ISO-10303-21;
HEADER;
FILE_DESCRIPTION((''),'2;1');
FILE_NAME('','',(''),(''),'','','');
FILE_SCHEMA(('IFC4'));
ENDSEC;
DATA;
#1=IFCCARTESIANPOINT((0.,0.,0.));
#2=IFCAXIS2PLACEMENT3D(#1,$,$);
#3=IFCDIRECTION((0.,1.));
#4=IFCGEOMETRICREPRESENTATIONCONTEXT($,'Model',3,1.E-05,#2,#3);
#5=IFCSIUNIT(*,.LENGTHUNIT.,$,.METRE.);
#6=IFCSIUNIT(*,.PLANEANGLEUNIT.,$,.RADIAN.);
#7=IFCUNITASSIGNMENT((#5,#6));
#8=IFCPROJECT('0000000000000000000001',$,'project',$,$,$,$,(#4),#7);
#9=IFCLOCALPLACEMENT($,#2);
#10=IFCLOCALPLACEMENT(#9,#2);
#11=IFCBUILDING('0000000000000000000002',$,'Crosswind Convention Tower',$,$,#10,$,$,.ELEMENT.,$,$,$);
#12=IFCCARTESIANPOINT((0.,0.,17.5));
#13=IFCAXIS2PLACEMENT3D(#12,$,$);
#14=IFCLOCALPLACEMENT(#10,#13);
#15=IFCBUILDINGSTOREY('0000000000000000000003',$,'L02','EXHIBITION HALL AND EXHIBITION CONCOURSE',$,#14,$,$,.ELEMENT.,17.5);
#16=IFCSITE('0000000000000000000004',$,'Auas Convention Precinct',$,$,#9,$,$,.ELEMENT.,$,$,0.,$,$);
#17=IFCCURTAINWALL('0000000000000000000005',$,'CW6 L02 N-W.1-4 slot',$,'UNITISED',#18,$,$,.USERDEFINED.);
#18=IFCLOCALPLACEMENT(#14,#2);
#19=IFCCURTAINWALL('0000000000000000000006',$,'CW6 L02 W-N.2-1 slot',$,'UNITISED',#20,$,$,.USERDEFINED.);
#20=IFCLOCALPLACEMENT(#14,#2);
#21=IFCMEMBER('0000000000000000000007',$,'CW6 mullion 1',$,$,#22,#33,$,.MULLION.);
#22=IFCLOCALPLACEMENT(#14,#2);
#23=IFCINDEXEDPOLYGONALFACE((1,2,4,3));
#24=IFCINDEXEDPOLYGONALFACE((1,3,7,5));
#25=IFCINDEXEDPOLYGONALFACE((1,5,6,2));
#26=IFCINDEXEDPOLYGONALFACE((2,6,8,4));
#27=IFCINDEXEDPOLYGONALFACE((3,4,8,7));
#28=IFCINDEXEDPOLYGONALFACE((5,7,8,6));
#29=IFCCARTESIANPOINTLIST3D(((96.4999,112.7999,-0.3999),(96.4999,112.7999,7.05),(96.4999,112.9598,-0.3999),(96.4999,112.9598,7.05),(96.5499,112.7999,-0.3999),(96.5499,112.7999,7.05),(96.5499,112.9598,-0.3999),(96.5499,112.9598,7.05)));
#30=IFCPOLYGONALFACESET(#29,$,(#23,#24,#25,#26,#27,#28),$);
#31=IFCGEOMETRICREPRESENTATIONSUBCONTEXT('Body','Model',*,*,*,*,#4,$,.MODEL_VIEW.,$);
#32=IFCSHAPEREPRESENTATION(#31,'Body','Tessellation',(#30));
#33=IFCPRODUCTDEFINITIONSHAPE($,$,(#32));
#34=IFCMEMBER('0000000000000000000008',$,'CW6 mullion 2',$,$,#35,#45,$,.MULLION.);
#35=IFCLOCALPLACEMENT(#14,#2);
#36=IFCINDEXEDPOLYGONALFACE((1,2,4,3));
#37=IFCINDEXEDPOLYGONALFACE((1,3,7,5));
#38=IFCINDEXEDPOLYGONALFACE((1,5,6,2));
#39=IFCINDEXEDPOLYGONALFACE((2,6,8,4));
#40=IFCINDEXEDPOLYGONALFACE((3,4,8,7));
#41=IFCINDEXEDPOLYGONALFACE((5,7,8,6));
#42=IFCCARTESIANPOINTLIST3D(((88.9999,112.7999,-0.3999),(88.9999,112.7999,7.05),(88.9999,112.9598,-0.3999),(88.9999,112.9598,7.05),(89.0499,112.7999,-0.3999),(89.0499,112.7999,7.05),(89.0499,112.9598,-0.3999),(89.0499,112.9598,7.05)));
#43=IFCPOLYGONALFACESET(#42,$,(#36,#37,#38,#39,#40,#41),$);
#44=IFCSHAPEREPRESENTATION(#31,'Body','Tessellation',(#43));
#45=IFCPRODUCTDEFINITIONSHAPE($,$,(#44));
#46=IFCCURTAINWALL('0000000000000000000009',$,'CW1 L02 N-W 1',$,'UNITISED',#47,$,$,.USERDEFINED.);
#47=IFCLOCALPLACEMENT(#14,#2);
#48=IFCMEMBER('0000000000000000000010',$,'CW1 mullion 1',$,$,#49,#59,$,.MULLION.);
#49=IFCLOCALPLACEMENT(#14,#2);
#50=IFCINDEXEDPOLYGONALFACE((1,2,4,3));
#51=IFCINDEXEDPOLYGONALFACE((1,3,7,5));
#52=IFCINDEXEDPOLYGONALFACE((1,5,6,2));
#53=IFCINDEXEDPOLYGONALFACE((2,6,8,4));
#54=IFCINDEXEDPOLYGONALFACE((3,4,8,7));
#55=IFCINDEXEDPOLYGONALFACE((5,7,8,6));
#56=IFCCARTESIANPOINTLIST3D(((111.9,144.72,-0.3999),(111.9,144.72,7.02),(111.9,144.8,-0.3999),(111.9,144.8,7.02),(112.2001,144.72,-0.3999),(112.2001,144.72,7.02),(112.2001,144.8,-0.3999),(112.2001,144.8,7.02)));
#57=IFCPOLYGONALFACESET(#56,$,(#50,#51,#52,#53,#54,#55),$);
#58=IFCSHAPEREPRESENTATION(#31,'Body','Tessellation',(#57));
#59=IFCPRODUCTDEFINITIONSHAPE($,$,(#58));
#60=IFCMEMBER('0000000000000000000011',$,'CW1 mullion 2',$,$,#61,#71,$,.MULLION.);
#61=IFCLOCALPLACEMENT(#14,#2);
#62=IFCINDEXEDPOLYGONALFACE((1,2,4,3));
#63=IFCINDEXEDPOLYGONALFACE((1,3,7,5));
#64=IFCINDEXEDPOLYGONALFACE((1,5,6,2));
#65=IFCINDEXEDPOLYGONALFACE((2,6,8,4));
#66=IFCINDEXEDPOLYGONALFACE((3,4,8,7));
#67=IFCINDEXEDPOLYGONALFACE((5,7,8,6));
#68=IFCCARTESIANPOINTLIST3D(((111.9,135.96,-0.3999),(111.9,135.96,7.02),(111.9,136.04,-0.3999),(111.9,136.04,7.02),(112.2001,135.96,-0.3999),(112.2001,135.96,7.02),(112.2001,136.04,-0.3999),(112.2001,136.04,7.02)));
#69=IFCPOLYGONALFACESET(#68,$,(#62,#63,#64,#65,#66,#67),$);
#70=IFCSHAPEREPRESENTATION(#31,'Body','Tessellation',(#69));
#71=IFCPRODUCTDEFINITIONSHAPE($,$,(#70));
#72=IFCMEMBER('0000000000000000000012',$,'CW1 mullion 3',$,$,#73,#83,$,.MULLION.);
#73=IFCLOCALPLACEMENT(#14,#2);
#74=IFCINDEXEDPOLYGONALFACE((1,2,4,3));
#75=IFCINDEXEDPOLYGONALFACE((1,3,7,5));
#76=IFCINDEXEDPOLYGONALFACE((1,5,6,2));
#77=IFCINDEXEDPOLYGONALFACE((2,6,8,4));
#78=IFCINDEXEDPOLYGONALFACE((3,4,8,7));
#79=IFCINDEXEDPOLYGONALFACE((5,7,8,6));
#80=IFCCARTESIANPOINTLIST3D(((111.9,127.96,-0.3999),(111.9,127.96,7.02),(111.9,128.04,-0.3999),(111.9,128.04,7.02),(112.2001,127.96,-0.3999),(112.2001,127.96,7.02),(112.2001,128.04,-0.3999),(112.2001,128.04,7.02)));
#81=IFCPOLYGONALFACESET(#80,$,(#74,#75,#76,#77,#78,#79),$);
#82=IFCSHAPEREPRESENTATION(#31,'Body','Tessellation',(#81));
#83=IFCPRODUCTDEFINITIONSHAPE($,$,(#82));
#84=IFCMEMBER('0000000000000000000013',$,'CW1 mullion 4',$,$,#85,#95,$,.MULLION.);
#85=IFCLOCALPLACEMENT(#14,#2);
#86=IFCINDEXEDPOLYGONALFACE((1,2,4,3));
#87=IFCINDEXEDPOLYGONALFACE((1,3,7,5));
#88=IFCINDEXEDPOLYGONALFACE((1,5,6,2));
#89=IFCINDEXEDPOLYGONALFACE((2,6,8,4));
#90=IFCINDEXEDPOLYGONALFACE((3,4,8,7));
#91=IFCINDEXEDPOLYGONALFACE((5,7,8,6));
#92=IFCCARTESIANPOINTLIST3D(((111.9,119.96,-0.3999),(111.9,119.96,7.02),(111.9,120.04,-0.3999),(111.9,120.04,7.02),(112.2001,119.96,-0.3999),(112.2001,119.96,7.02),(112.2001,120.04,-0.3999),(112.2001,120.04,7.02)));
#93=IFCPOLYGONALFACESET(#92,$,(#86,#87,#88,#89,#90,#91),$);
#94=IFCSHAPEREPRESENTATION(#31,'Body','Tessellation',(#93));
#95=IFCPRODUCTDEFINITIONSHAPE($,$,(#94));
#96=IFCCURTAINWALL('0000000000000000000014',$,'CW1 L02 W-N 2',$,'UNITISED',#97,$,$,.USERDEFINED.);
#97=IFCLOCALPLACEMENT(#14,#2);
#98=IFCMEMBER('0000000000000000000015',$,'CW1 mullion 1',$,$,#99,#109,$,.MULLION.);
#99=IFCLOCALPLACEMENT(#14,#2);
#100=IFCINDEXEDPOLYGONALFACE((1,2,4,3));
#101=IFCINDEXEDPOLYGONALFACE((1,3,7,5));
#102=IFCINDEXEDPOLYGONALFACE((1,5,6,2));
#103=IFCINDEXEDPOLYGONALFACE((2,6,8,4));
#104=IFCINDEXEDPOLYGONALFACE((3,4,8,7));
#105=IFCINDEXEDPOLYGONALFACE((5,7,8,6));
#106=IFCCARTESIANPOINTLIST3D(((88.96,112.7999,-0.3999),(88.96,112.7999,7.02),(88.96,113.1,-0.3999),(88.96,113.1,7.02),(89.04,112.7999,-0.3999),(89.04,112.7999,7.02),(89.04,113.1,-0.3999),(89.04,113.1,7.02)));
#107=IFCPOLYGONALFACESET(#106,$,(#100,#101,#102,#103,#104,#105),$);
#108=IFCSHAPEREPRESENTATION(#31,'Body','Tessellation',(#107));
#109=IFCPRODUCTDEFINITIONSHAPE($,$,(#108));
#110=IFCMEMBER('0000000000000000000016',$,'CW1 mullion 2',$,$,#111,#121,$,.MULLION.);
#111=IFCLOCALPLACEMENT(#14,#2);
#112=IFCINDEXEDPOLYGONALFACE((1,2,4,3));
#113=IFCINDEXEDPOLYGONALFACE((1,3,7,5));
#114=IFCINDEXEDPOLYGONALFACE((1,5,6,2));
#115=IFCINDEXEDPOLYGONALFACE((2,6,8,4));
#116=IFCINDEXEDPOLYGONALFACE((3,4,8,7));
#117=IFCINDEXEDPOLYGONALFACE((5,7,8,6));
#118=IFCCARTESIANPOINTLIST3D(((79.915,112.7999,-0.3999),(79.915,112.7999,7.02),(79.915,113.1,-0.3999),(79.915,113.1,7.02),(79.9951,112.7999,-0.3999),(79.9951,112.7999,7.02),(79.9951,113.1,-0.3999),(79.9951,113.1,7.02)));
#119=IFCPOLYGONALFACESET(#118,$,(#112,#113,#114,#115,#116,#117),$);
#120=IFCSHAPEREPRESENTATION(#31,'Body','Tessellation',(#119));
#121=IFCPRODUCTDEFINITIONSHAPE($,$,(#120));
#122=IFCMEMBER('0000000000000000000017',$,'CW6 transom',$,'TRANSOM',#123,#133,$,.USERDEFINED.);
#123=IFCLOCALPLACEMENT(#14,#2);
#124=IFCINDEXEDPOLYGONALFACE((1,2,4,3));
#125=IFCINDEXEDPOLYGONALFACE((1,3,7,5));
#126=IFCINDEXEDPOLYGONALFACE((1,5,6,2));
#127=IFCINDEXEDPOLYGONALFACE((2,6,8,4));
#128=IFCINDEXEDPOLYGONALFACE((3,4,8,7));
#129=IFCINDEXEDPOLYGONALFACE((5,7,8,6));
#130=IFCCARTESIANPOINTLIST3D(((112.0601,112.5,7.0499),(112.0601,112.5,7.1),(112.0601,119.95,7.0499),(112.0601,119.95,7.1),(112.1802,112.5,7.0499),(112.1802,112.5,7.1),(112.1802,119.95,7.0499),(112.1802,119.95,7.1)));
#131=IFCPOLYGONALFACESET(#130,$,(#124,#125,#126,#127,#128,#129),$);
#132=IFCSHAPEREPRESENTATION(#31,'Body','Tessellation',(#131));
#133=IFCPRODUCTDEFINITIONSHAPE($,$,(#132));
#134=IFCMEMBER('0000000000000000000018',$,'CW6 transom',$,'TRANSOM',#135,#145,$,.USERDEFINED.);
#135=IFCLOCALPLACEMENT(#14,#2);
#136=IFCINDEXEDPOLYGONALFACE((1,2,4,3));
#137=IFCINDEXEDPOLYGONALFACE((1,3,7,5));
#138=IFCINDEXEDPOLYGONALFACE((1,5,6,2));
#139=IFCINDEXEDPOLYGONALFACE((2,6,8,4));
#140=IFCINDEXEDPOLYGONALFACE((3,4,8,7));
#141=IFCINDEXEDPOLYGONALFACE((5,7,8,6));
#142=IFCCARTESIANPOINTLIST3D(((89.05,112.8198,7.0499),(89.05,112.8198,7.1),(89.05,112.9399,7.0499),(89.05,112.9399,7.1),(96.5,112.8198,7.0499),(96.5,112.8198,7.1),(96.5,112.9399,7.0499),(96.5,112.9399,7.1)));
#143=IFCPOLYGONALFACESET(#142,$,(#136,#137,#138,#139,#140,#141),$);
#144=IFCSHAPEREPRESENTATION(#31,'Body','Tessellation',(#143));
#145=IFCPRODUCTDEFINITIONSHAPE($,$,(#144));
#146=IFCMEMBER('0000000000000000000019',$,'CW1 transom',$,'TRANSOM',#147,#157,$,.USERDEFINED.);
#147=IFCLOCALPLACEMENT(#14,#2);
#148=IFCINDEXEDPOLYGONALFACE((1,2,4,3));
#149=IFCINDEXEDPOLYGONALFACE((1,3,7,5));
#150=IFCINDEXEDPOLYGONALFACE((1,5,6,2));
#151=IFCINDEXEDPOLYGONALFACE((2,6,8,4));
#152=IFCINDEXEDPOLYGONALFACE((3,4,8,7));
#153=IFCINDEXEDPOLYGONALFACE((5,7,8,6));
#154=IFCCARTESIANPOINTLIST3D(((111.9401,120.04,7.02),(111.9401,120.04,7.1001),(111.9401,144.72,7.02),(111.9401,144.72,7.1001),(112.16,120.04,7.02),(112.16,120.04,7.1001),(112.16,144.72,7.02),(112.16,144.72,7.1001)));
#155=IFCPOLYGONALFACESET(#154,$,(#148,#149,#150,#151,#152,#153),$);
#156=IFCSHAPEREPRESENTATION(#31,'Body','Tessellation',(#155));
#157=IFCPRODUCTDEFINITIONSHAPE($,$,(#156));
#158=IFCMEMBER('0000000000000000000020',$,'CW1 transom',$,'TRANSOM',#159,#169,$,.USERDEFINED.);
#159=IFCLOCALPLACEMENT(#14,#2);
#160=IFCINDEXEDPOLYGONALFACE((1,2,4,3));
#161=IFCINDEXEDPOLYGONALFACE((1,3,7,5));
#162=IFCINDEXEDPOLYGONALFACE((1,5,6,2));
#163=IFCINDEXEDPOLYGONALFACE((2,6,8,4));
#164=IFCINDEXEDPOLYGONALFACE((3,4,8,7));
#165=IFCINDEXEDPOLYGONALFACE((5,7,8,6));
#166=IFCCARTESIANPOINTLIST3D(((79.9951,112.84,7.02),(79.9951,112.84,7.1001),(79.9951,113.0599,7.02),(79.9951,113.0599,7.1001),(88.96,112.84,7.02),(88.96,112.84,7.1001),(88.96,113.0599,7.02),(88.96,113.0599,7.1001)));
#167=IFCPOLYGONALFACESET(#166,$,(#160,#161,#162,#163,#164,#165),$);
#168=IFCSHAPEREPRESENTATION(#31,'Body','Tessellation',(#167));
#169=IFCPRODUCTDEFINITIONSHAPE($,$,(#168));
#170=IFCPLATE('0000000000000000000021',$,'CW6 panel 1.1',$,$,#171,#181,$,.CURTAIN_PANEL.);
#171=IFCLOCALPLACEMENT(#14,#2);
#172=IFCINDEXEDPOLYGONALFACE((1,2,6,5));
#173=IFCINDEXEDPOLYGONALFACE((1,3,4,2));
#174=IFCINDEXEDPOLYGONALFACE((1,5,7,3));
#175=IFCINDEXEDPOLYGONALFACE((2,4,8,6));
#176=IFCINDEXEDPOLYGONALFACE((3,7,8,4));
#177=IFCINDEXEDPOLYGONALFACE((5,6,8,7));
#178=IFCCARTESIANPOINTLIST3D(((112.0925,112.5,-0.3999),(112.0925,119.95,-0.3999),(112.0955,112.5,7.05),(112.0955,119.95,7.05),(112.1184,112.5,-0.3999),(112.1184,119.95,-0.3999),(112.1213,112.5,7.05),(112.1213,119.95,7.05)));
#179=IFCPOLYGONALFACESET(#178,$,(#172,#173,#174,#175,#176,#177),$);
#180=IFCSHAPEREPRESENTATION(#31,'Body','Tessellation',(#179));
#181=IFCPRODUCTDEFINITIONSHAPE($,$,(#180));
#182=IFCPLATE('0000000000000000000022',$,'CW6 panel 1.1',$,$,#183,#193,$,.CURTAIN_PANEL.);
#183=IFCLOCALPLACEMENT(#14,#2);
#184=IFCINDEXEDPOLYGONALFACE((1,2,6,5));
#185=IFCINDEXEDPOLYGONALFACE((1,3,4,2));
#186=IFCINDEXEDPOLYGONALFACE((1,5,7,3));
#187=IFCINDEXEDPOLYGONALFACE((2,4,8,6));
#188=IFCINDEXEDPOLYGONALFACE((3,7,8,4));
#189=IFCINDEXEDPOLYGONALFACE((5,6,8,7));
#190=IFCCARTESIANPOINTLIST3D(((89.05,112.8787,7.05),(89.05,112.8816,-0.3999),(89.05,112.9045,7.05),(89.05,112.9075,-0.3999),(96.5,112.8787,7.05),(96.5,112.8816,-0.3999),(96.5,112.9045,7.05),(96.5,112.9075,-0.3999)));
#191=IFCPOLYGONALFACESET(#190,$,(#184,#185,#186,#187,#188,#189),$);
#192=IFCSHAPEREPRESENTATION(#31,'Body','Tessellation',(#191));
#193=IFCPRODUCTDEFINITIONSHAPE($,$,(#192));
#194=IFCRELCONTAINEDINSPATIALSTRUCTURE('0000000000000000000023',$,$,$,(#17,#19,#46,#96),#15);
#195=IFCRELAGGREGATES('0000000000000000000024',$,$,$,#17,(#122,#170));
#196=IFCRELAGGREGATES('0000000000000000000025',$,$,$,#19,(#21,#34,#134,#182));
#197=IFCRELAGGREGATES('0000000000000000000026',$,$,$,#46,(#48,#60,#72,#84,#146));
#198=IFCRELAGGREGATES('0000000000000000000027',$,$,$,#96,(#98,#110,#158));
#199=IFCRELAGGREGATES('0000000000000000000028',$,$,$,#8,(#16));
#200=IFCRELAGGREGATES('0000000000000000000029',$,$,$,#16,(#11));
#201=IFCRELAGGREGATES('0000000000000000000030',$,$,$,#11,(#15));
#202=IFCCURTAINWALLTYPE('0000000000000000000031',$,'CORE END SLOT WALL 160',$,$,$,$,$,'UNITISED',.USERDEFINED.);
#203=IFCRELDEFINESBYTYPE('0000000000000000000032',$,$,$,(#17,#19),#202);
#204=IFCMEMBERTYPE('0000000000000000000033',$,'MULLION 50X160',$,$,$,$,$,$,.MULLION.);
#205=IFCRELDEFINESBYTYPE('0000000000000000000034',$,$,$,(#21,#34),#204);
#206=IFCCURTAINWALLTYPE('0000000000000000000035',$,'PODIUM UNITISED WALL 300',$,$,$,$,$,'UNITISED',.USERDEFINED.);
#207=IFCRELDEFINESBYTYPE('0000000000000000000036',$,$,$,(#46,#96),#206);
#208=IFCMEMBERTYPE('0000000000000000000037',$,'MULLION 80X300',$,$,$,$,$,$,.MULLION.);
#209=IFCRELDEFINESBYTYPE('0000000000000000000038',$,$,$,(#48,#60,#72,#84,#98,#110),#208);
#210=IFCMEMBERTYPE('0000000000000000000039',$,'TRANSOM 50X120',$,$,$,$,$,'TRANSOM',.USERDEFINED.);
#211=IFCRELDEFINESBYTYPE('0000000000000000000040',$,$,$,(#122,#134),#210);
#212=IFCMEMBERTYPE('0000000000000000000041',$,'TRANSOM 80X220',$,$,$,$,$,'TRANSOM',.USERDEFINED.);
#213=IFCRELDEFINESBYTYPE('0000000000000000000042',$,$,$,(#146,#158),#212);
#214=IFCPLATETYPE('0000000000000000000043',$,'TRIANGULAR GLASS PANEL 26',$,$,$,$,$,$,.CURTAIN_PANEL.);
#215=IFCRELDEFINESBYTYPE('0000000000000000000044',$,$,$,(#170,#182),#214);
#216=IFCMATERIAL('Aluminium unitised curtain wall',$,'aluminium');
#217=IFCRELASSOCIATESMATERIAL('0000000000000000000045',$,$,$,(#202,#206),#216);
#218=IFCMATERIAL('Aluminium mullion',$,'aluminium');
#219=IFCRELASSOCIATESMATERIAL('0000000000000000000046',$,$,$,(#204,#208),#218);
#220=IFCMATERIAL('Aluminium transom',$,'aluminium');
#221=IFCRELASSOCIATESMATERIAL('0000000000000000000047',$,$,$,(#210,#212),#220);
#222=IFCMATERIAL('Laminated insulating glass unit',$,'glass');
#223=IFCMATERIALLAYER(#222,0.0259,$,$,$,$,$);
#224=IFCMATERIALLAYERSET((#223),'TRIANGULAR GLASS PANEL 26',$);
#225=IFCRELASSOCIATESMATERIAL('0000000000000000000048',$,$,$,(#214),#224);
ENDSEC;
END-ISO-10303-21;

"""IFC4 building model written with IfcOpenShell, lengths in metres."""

from ifc_helpers import new_model, si_unit, direction, frame, origin, origin_2d, place, context, subcontext, project, spatial, polyline, rectangle, outline, extrude, material, layer, layer_set, material_profile, profile_set, type_object, element, aggregate, save


model = new_model("IFC4")

# Units and contexts
model_context = context("Model", 3, precision=1e-05, world=origin(), true_north=direction((0.0, 1.0)))
body_context = subcontext(model_context, "Body", "Model", "MODEL_VIEW")
ifc_project = project(units=[si_unit("LENGTHUNIT", "METRE"), si_unit("PLANEANGLEUNIT", "RADIAN")], contexts=[model_context])

# Site, building, storey
site_placement = place(None, origin())
site = spatial("IfcSite", under=ifc_project, at=site_placement, Name="Auas Convention Precinct", CompositionType="ELEMENT", RefElevation=0.0)
building_placement = place(site_placement, origin())
building = spatial("IfcBuilding", under=site, at=building_placement, Name="Crosswind Convention Tower", CompositionType="ELEMENT")
storey_placement = place(building_placement, frame((0.0, 0.0, 17.5)))
storey = spatial("IfcBuildingStorey", under=building, at=storey_placement, Name="L02", Description="EXHIBITION HALL AND EXHIBITION CONCOURSE", CompositionType="ELEMENT", Elevation=17.5)

# Curtain walls, members
ifc_material_1 = material(Name="Aluminium unitised curtain wall", Category="aluminium")
curtain_wall_type_1 = type_object("IfcCurtainWallType", Name="CORE END SLOT WALL 160", ElementType="UNITISED", PredefinedType="USERDEFINED", material=ifc_material_1)
curtain_wall_1_placement = place(storey_placement, origin())
curtain_wall_1 = element("IfcCurtainWall", 1, at=curtain_wall_1_placement, inside=storey, type_object=curtain_wall_type_1, Name="CW6 L02 N-W.1-4 slot", ObjectType="UNITISED", PredefinedType="USERDEFINED")
ifc_material_2 = material(Name="Aluminium mullion", Category="aluminium")
ifc_material_profile_1 = material_profile(ifc_material_2, rectangle(XDim=0.1599, YDim=0.05, at=origin_2d()), Name="AL 160X50")
ifc_profile_set_1 = profile_set([ifc_material_profile_1], Name="Aluminium mullion")
member_type_1 = type_object("IfcMemberType", Name="MULLION 50X160", PredefinedType="MULLION", material=ifc_profile_set_1)
curtain_wall_2_placement = place(storey_placement, origin())
curtain_wall_2 = element("IfcCurtainWall", 2, at=curtain_wall_2_placement, inside=storey, type_object=curtain_wall_type_1, Name="CW6 L02 W-N.2-1 slot", ObjectType="UNITISED", PredefinedType="USERDEFINED")
member_1_placement = place(storey_placement, frame((96.5249, 112.8799, -0.3999), z_axis=(0.0, 0.0, 1.0), x_axis=(0.0, 1.0, 0.0)))
member_1 = element("IfcMember", 3, at=member_1_placement, type_object=member_type_1, Name="CW6 mullion 1", PredefinedType="MULLION", context=body_context, shape_type="SweptSolid", body=[
    extrude(rectangle(XDim=0.1599, YDim=0.05, at=origin_2d()), origin(), (0.0, 0.0, 1.0), 7.45),
])
member_2_placement = place(storey_placement, frame((89.0249, 112.8799, -0.3999), z_axis=(0.0, 0.0, 1.0), x_axis=(0.0, 1.0, 0.0)))
member_2 = element("IfcMember", 4, at=member_2_placement, type_object=member_type_1, Name="CW6 mullion 2", PredefinedType="MULLION", context=body_context, shape_type="SweptSolid", body=[
    extrude(rectangle(XDim=0.1599, YDim=0.05, at=origin_2d()), origin(), (0.0, 0.0, 1.0), 7.45),
])
curtain_wall_type_2 = type_object("IfcCurtainWallType", Name="PODIUM UNITISED WALL 300", ElementType="UNITISED", PredefinedType="USERDEFINED", material=ifc_material_1)
curtain_wall_3_placement = place(storey_placement, origin())
curtain_wall_3 = element("IfcCurtainWall", 5, at=curtain_wall_3_placement, inside=storey, type_object=curtain_wall_type_2, Name="CW1 L02 N-W 1", ObjectType="UNITISED", PredefinedType="USERDEFINED")
ifc_material_profile_2 = material_profile(ifc_material_2, rectangle(XDim=0.3, YDim=0.0801, at=origin_2d()), Name="AL 300X80")
ifc_profile_set_2 = profile_set([ifc_material_profile_2], Name="Aluminium mullion")
member_type_2 = type_object("IfcMemberType", Name="MULLION 80X300", PredefinedType="MULLION", material=ifc_profile_set_2)
member_3_placement = place(storey_placement, frame((112.05, 144.76, -0.3999), z_axis=(0.0, 0.0, 1.0), x_axis=(-1.0, 0.0, 0.0)))
member_3 = element("IfcMember", 6, at=member_3_placement, type_object=member_type_2, Name="CW1 mullion 1", PredefinedType="MULLION", context=body_context, shape_type="SweptSolid", body=[
    extrude(rectangle(XDim=0.3, YDim=0.0801, at=origin_2d()), origin(), (0.0, 0.0, 1.0), 7.4199),
])
member_4_placement = place(storey_placement, frame((112.05, 136.0, -0.3999), z_axis=(0.0, 0.0, 1.0), x_axis=(-1.0, 0.0, 0.0)))
member_4 = element("IfcMember", 7, at=member_4_placement, type_object=member_type_2, Name="CW1 mullion 2", PredefinedType="MULLION", context=body_context, shape_type="SweptSolid", body=[
    extrude(rectangle(XDim=0.3, YDim=0.0801, at=origin_2d()), origin(), (0.0, 0.0, 1.0), 7.4199),
])
member_5_placement = place(storey_placement, frame((112.05, 128.0, -0.3999), z_axis=(0.0, 0.0, 1.0), x_axis=(-1.0, 0.0, 0.0)))
member_5 = element("IfcMember", 8, at=member_5_placement, type_object=member_type_2, Name="CW1 mullion 3", PredefinedType="MULLION", context=body_context, shape_type="SweptSolid", body=[
    extrude(rectangle(XDim=0.3, YDim=0.0801, at=origin_2d()), origin(), (0.0, 0.0, 1.0), 7.4199),
])
member_6_placement = place(storey_placement, frame((112.05, 120.0, -0.3999), z_axis=(0.0, 0.0, 1.0), x_axis=(-1.0, 0.0, 0.0)))
member_6 = element("IfcMember", 9, at=member_6_placement, type_object=member_type_2, Name="CW1 mullion 4", PredefinedType="MULLION", context=body_context, shape_type="SweptSolid", body=[
    extrude(rectangle(XDim=0.3, YDim=0.0801, at=origin_2d()), origin(), (0.0, 0.0, 1.0), 7.4199),
])
curtain_wall_4_placement = place(storey_placement, origin())
curtain_wall_4 = element("IfcCurtainWall", 10, at=curtain_wall_4_placement, inside=storey, type_object=curtain_wall_type_2, Name="CW1 L02 W-N 2", ObjectType="UNITISED", PredefinedType="USERDEFINED")
member_7_placement = place(storey_placement, frame((89.0, 112.95, -0.3999), z_axis=(0.0, 0.0, 1.0), x_axis=(0.0, 1.0, 0.0)))
member_7 = element("IfcMember", 11, at=member_7_placement, type_object=member_type_2, Name="CW1 mullion 1", PredefinedType="MULLION", context=body_context, shape_type="SweptSolid", body=[
    extrude(rectangle(XDim=0.3, YDim=0.0801, at=origin_2d()), origin(), (0.0, 0.0, 1.0), 7.4199),
])
member_8_placement = place(storey_placement, frame((79.9551, 112.95, -0.3999), z_axis=(0.0, 0.0, 1.0), x_axis=(0.0, 1.0, 0.0)))
member_8 = element("IfcMember", 12, at=member_8_placement, type_object=member_type_2, Name="CW1 mullion 2", PredefinedType="MULLION", context=body_context, shape_type="SweptSolid", body=[
    extrude(rectangle(XDim=0.3, YDim=0.0801, at=origin_2d()), origin(), (0.0, 0.0, 1.0), 7.4199),
])

# Members
ifc_material_3 = material(Name="Aluminium transom", Category="aluminium")
ifc_material_profile_3 = material_profile(ifc_material_3, rectangle(XDim=0.1201, YDim=0.05, at=origin_2d()), Name="AL 120X50")
ifc_profile_set_3 = profile_set([ifc_material_profile_3], Name="Aluminium transom")
member_type_3 = type_object("IfcMemberType", Name="TRANSOM 50X120", ElementType="TRANSOM", PredefinedType="USERDEFINED", material=ifc_profile_set_3)
member_9_placement = place(storey_placement, frame((112.1201, 119.95, 7.075), z_axis=(0.0, -1.0, 0.0), x_axis=(1.0, 0.0, 0.0)))
member_9 = element("IfcMember", 13, at=member_9_placement, type_object=member_type_3, Name="CW6 transom", ObjectType="TRANSOM", PredefinedType="USERDEFINED", context=body_context, shape_type="SweptSolid", body=[
    extrude(rectangle(XDim=0.1201, YDim=0.05, at=origin_2d()), origin(), (0.0, 0.0, 1.0), 7.45),
])
member_10_placement = place(storey_placement, frame((96.5, 112.8799, 7.075), z_axis=(-1.0, 0.0, 0.0), x_axis=(0.0, -1.0, 0.0)))
member_10 = element("IfcMember", 14, at=member_10_placement, type_object=member_type_3, Name="CW6 transom", ObjectType="TRANSOM", PredefinedType="USERDEFINED", context=body_context, shape_type="SweptSolid", body=[
    extrude(rectangle(XDim=0.1201, YDim=0.05, at=origin_2d()), origin(), (0.0, 0.0, 1.0), 7.45),
])
ifc_material_profile_4 = material_profile(ifc_material_3, rectangle(XDim=0.22, YDim=0.0801, at=origin_2d()), Name="AL 220X80")
ifc_profile_set_4 = profile_set([ifc_material_profile_4], Name="Aluminium transom")
member_type_4 = type_object("IfcMemberType", Name="TRANSOM 80X220", ElementType="TRANSOM", PredefinedType="USERDEFINED", material=ifc_profile_set_4)
member_11_placement = place(storey_placement, frame((112.05, 144.72, 7.0601), z_axis=(0.0, -1.0, 0.0), x_axis=(1.0, 0.0, 0.0)))
member_11 = element("IfcMember", 15, at=member_11_placement, type_object=member_type_4, Name="CW1 transom", ObjectType="TRANSOM", PredefinedType="USERDEFINED", context=body_context, shape_type="SweptSolid", body=[
    extrude(rectangle(XDim=0.22, YDim=0.0801, at=origin_2d()), origin(), (0.0, 0.0, 1.0), 24.6799),
])
member_12_placement = place(storey_placement, frame((88.96, 112.95, 7.0601), z_axis=(-1.0, 0.0, 0.0), x_axis=(0.0, -1.0, 0.0)))
member_12 = element("IfcMember", 16, at=member_12_placement, type_object=member_type_4, Name="CW1 transom", ObjectType="TRANSOM", PredefinedType="USERDEFINED", context=body_context, shape_type="SweptSolid", body=[
    extrude(rectangle(XDim=0.22, YDim=0.0801, at=origin_2d()), origin(), (0.0, 0.0, 1.0), 8.9648),
])

# Plates
ifc_material_4 = material(Name="Laminated insulating glass unit", Category="glass")
ifc_layer_1 = layer(ifc_material_4, 0.0259)
ifc_layer_set_1 = layer_set([ifc_layer_1], Name="TRIANGULAR GLASS PANEL 26")
plate_type_1 = type_object("IfcPlateType", Name="TRIANGULAR GLASS PANEL 26", PredefinedType="CURTAIN_PANEL", material=ifc_layer_set_1)
plate_1_placement = place(storey_placement, frame((112.0925, 119.95, -0.3999), z_axis=(-1.0, 0.0, 0.000393), x_axis=(0.0, -1.0, 0.0)))
plate_1 = element("IfcPlate", 17, at=plate_1_placement, type_object=plate_type_1, Name="CW6 panel 1.1", PredefinedType="CURTAIN_PANEL", context=body_context, shape_type="SweptSolid", body=[
    extrude(outline(polyline([(0.0, 0.0), (7.45, 0.0), (7.45, 7.45), (0.0, 7.45), (0.0, 0.0)])), origin(), (0.0, 0.0, -1.0), 0.0259),
])
aggregate(curtain_wall_1, [member_9, plate_1])
plate_2_placement = place(storey_placement, frame((96.5, 112.9075, -0.3999), z_axis=(0.0, 1.0, 0.000393), x_axis=(-1.0, 0.0, 0.0)))
plate_2 = element("IfcPlate", 18, at=plate_2_placement, type_object=plate_type_1, Name="CW6 panel 1.1", PredefinedType="CURTAIN_PANEL", context=body_context, shape_type="SweptSolid", body=[
    extrude(outline(polyline([(0.0, 0.0), (7.45, 0.0), (7.45, 7.45), (0.0, 7.45), (0.0, 0.0)])), origin(), (0.0, 0.0, -1.0), 0.0259),
])
aggregate(curtain_wall_2, [member_1, member_2, member_10, plate_2])

aggregate(curtain_wall_3, [member_3, member_4, member_5, member_6, member_11])
aggregate(curtain_wall_4, [member_7, member_8, member_12])

save(model, "model.ifc")
